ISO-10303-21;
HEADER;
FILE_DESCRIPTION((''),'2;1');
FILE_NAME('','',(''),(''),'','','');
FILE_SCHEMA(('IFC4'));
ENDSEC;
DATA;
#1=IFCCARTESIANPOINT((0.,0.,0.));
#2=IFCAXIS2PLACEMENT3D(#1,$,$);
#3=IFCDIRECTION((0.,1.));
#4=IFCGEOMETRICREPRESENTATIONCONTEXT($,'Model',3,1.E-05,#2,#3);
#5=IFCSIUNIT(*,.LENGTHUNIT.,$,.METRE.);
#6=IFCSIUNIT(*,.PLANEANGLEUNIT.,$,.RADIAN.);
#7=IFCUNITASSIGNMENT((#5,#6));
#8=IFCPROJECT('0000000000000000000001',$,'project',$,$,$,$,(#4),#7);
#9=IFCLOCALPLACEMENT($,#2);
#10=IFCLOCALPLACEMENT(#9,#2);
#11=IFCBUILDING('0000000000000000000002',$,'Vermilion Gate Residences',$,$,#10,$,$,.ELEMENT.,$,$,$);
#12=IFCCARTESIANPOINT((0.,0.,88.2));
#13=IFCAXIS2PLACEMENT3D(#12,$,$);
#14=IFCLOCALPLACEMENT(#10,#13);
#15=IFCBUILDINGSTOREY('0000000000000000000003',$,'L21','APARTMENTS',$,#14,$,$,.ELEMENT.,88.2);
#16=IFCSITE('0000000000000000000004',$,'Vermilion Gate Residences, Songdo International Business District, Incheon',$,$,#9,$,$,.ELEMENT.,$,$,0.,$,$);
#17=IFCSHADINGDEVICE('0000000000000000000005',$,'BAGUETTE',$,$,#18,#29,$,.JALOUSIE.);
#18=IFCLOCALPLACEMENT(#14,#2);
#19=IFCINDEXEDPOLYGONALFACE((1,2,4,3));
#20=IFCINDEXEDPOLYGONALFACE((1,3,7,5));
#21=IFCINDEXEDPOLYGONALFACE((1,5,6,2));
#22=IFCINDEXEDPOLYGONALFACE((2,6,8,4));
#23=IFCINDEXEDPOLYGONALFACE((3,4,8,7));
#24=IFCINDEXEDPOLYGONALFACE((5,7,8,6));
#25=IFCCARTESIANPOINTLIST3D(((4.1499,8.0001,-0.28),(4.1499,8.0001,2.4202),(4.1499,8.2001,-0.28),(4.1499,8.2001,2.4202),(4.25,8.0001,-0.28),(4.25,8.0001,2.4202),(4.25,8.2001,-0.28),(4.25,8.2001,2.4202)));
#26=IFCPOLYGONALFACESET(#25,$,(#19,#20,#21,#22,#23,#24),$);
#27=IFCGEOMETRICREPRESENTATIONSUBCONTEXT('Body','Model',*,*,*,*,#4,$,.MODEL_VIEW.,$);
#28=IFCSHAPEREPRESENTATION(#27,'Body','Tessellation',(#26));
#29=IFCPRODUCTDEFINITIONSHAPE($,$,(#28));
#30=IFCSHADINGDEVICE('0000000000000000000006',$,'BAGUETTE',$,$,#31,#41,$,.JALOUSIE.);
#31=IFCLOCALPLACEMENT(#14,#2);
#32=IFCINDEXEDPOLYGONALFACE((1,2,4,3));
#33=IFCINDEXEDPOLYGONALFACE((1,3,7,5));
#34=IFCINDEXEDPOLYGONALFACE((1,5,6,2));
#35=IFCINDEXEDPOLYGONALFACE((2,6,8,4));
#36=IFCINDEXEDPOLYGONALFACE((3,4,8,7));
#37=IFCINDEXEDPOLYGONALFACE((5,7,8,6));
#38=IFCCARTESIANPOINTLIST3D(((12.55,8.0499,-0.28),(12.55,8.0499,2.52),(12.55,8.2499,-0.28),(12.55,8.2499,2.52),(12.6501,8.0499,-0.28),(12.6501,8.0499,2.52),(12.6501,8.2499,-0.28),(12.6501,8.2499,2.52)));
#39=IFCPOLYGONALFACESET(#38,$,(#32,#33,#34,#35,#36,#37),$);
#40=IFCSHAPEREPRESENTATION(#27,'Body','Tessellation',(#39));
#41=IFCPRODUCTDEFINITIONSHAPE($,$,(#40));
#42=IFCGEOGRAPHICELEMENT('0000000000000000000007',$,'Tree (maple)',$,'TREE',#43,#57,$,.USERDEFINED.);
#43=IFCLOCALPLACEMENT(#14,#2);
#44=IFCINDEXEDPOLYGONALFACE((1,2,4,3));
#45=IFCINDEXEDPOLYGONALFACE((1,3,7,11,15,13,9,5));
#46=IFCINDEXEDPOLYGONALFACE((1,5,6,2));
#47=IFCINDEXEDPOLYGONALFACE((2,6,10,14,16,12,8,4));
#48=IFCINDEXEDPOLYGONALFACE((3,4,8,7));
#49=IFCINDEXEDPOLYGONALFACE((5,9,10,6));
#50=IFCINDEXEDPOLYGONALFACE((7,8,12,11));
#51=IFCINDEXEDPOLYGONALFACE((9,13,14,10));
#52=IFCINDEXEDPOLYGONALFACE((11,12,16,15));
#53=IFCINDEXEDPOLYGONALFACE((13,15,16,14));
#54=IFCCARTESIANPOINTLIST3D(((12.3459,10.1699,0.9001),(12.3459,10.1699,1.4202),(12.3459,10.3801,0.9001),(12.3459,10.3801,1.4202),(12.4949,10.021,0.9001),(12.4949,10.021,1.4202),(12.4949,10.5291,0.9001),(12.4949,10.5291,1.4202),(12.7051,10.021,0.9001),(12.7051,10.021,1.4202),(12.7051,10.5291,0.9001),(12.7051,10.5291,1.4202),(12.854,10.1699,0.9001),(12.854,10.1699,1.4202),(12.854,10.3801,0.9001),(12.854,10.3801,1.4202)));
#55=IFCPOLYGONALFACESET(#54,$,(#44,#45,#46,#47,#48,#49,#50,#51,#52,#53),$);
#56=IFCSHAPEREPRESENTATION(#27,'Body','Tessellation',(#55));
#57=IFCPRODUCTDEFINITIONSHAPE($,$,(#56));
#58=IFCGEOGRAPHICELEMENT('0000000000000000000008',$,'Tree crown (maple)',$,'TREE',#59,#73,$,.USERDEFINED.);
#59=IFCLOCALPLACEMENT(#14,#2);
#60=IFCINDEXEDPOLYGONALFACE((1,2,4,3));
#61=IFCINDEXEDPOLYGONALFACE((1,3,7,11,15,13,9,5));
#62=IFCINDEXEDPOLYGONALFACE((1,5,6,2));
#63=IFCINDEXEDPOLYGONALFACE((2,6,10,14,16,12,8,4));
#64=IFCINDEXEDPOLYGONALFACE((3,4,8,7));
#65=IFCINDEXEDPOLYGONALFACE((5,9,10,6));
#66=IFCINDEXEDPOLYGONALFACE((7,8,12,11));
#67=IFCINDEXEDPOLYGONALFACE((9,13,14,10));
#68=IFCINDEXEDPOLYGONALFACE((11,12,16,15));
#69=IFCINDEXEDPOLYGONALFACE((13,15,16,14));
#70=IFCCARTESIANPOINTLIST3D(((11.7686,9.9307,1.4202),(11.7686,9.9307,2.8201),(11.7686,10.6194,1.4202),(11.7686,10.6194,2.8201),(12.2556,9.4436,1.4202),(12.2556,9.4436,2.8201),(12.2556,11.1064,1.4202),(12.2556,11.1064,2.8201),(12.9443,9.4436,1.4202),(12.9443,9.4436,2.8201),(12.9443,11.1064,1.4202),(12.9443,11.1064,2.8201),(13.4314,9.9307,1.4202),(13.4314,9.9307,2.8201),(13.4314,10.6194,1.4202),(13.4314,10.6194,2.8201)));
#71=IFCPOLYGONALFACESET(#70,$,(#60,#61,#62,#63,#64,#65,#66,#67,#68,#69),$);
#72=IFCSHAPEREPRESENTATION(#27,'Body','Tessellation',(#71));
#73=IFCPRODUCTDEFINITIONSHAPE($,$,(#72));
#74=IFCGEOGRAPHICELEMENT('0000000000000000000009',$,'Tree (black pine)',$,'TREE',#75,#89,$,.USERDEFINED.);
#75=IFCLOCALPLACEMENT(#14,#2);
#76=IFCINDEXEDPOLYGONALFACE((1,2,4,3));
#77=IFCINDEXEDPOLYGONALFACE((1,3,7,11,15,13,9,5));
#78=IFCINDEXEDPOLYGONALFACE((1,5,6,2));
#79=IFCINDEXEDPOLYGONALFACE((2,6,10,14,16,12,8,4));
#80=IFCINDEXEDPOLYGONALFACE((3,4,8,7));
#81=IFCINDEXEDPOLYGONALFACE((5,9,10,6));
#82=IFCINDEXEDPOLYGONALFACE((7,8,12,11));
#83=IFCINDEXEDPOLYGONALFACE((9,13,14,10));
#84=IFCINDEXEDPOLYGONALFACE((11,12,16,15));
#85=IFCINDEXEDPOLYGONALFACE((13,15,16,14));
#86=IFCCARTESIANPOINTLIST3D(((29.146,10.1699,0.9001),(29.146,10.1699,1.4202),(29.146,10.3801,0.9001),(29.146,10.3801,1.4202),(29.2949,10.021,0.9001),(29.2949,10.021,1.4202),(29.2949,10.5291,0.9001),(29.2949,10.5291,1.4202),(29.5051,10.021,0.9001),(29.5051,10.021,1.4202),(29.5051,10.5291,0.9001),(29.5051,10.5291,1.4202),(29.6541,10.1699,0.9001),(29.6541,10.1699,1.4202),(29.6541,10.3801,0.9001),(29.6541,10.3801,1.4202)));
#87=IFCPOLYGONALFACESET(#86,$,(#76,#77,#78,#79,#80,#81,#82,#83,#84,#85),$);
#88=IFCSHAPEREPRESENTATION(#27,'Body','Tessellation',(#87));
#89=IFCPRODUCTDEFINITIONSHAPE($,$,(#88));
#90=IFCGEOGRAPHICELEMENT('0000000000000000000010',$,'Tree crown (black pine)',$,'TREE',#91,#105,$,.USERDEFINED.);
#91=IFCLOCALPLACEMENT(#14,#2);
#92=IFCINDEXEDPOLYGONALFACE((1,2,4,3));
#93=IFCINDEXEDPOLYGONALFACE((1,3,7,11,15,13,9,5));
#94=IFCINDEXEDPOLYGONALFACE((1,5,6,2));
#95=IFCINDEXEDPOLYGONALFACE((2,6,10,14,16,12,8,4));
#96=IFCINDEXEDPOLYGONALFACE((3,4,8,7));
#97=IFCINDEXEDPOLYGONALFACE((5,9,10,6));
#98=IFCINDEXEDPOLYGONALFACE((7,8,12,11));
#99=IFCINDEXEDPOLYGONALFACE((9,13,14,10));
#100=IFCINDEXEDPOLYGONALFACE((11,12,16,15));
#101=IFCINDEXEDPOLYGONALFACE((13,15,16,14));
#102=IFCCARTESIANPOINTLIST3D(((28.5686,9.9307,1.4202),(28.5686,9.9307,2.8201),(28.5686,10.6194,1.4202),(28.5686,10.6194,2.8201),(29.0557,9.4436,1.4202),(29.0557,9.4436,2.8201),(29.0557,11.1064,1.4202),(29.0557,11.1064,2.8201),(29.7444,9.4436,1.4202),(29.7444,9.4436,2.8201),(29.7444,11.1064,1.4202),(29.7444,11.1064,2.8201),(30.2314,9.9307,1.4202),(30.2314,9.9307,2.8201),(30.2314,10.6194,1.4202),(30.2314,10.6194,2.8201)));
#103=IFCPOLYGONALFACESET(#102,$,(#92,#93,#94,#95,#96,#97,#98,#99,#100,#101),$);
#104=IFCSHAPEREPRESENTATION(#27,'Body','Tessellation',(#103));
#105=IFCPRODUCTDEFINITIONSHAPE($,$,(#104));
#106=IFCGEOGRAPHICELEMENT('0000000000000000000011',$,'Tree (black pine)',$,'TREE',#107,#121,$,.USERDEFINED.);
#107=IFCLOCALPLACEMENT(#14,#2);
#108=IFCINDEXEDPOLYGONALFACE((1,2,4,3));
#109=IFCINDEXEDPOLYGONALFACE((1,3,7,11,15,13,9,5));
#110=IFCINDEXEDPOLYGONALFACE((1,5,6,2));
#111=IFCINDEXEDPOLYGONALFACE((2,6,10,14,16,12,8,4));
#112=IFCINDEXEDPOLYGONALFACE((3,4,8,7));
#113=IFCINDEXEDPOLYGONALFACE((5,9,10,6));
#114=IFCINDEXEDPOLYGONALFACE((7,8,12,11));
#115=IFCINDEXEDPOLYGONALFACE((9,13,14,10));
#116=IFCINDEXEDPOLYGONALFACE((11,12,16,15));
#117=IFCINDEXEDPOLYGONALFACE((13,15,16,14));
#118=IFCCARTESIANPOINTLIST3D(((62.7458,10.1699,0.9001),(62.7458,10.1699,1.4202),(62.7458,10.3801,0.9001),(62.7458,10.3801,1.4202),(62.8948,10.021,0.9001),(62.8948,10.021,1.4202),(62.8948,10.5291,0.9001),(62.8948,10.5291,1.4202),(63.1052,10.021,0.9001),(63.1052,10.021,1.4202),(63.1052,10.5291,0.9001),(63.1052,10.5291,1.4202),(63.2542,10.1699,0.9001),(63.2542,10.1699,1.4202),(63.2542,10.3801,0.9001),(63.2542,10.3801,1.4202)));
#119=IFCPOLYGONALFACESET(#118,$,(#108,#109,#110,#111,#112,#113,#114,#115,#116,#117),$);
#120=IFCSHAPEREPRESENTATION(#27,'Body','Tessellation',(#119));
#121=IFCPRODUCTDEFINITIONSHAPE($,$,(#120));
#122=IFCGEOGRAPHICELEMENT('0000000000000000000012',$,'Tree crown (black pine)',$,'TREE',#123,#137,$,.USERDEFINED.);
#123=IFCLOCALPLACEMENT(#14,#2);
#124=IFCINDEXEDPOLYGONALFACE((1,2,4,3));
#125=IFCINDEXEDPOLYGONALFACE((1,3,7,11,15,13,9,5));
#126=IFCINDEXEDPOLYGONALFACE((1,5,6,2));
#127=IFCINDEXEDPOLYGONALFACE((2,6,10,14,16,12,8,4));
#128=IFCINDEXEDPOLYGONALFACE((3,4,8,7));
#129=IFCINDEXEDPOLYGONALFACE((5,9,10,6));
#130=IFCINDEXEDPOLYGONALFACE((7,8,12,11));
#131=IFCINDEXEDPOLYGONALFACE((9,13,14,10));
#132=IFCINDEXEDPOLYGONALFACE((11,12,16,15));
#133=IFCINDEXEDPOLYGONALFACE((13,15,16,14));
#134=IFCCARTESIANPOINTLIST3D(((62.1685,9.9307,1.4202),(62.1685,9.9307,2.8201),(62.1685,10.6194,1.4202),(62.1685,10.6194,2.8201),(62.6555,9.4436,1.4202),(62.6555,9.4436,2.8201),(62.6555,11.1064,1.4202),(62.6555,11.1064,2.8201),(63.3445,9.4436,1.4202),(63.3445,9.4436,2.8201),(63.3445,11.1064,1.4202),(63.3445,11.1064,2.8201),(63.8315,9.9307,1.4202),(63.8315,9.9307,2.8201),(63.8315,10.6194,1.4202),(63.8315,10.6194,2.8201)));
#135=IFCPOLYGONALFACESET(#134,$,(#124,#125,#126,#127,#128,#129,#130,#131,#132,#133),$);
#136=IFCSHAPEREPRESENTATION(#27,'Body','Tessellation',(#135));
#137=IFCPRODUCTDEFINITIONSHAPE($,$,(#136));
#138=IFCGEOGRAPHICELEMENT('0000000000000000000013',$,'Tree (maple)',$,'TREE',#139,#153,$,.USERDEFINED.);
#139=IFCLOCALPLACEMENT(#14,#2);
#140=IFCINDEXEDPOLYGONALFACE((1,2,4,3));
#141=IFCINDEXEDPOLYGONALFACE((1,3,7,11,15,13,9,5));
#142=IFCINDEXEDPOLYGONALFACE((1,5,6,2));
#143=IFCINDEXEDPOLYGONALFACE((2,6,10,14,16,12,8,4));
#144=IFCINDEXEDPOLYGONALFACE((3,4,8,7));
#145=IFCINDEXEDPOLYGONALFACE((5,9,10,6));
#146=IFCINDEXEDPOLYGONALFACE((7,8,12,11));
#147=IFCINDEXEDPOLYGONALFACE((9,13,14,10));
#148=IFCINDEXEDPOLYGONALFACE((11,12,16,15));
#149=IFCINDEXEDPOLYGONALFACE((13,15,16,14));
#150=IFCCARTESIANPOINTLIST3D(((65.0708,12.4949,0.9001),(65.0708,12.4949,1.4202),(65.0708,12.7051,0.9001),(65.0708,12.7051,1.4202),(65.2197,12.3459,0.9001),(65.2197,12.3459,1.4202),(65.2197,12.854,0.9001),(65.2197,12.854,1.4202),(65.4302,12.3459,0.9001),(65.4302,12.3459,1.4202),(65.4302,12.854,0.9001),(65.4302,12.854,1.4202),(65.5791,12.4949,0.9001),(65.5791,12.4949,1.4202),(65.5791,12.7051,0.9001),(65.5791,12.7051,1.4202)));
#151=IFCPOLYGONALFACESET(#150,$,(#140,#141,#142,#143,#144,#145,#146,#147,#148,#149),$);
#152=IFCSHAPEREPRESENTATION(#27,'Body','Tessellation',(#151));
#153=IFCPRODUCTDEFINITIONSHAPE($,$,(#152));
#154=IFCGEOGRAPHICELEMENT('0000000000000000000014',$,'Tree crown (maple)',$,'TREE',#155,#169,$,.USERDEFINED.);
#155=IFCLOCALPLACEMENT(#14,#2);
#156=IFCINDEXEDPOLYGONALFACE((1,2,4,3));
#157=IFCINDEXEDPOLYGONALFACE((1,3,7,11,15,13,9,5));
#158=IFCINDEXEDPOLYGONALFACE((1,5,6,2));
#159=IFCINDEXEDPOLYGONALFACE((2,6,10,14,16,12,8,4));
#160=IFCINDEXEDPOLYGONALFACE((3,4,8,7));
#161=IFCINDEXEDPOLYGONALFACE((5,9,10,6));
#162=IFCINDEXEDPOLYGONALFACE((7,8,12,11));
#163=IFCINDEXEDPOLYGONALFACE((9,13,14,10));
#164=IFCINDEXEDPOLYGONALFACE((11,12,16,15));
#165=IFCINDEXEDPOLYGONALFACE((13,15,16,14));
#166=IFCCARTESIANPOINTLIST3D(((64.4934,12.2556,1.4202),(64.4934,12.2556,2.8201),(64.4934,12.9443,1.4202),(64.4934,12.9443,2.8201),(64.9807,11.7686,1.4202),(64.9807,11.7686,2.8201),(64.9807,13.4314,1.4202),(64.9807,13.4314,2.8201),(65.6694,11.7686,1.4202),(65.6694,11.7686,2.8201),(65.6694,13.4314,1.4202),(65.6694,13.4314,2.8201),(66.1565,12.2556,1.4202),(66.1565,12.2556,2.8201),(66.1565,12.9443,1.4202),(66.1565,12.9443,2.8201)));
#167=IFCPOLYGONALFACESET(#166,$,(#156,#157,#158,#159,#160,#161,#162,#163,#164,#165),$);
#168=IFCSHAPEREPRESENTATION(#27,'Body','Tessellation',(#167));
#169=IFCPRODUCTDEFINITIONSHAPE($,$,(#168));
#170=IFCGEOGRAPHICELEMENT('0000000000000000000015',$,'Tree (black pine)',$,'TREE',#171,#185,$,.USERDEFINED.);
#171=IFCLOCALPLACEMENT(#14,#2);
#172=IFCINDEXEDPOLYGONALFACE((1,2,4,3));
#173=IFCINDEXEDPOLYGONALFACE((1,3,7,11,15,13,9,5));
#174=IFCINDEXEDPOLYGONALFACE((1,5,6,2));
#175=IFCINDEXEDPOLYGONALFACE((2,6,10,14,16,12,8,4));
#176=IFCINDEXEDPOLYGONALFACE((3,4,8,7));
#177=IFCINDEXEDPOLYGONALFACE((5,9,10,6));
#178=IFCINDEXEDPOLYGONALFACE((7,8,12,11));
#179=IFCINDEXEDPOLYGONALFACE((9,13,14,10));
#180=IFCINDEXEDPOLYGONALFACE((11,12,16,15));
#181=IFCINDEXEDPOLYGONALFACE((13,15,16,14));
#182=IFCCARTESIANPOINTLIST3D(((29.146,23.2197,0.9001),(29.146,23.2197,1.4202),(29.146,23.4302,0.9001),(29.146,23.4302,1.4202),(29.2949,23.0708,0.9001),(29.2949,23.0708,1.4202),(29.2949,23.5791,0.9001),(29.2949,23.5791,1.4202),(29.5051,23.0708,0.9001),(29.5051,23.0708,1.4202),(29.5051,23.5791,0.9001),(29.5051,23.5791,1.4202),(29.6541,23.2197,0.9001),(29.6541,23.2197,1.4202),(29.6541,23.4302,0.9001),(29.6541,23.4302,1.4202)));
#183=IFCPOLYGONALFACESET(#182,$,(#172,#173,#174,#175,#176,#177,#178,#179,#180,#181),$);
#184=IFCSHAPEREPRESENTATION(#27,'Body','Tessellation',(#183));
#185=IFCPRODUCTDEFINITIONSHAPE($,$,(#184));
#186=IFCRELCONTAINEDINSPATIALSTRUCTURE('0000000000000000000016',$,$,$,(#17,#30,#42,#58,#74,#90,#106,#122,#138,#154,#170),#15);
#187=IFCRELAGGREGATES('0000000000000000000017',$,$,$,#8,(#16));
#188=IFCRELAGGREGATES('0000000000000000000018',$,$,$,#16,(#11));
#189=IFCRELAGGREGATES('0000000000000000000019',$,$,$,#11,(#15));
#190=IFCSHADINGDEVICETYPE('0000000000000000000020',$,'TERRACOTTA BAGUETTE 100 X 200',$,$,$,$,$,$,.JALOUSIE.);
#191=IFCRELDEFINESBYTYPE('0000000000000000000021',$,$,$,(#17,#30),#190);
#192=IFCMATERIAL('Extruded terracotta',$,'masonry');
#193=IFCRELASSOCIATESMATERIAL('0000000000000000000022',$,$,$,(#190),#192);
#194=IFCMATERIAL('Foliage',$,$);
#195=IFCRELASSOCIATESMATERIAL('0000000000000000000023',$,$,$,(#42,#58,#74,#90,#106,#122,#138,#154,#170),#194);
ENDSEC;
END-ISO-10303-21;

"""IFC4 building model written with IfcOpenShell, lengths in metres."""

from ifc_helpers import new_model, si_unit, direction, frame, origin, origin_2d, place, context, subcontext, project, spatial, polyline, rectangle, outline, extrude, material, material_profile, profile_set, type_object, element, save


model = new_model("IFC4")

# Units and contexts
model_context = context("Model", 3, precision=1e-05, world=origin(), true_north=direction((0.0, 1.0)))
body_context = subcontext(model_context, "Body", "Model", "MODEL_VIEW")
ifc_project = project(units=[si_unit("LENGTHUNIT", "METRE"), si_unit("PLANEANGLEUNIT", "RADIAN")], contexts=[model_context])

# Site, building, storey
site_placement = place(None, origin())
site = spatial("IfcSite", under=ifc_project, at=site_placement, Name="Vermilion Gate Residences, Songdo International Business District, Incheon", CompositionType="ELEMENT", RefElevation=0.0)
building_placement = place(site_placement, origin())
building = spatial("IfcBuilding", under=site, at=building_placement, Name="Vermilion Gate Residences", CompositionType="ELEMENT")
storey_placement = place(building_placement, frame((0.0, 0.0, 88.2)))
storey = spatial("IfcBuildingStorey", under=building, at=storey_placement, Name="L21", Description="APARTMENTS", CompositionType="ELEMENT", Elevation=88.2)

# Shading devices
ifc_material_1 = material(Name="Extruded terracotta", Category="masonry")
ifc_material_profile_1 = material_profile(ifc_material_1, rectangle(XDim=0.2, YDim=0.1001, at=origin_2d()), Name="BAGUETTE 100 X 200")
ifc_profile_set_1 = profile_set([ifc_material_profile_1], Name="Extruded terracotta")
shading_device_type_1 = type_object("IfcShadingDeviceType", Name="TERRACOTTA BAGUETTE 100 X 200", PredefinedType="JALOUSIE", material=ifc_profile_set_1)
shading_device_1_placement = place(storey_placement, frame((4.2, 8.1001, -0.28), z_axis=(0.0, 0.0, 1.0), x_axis=(0.0, 1.0, 0.0)))
element("IfcShadingDevice", 1, at=shading_device_1_placement, inside=storey, type_object=shading_device_type_1, Name="BAGUETTE", PredefinedType="JALOUSIE", context=body_context, shape_type="SweptSolid", body=[
    extrude(rectangle(XDim=0.2, YDim=0.1001, at=origin_2d()), origin(), (0.0, 0.0, 1.0), 2.7002),
])
shading_device_2_placement = place(storey_placement, frame((12.6001, 8.1499, -0.28), z_axis=(0.0, 0.0, 1.0), x_axis=(0.0, 1.0, 0.0)))
element("IfcShadingDevice", 2, at=shading_device_2_placement, inside=storey, type_object=shading_device_type_1, Name="BAGUETTE", PredefinedType="JALOUSIE", context=body_context, shape_type="SweptSolid", body=[
    extrude(rectangle(XDim=0.2, YDim=0.1001, at=origin_2d()), origin(), (0.0, 0.0, 1.0), 2.8),
])

# Geographic elements
ifc_material_2 = material(Name="Foliage")
geographic_element_1_placement = place(storey_placement, frame((0.0, 0.0, 0.9001)))
element("IfcGeographicElement", 3, at=geographic_element_1_placement, inside=storey, material=ifc_material_2, Name="Tree (maple)", ObjectType="TREE", PredefinedType="USERDEFINED", context=body_context, shape_type="SweptSolid", body=[
    extrude(outline(polyline([(12.854, 10.3801), (12.7051, 10.5291), (12.4949, 10.5291), (12.3459, 10.3801), (12.3459, 10.1699), (12.4949, 10.021), (12.7051, 10.021), (12.854, 10.1699), (12.854, 10.3801)])), origin(), (0.0, 0.0, 1.0), 0.52),
])
geographic_element_2_placement = place(storey_placement, frame((0.0, 0.0, 1.4202)))
element("IfcGeographicElement", 4, at=geographic_element_2_placement, inside=storey, material=ifc_material_2, Name="Tree crown (maple)", ObjectType="TREE", PredefinedType="USERDEFINED", context=body_context, shape_type="SweptSolid", body=[
    extrude(outline(polyline([(13.4314, 10.6194), (12.9443, 11.1064), (12.2556, 11.1064), (11.7686, 10.6194), (11.7686, 9.9307), (12.2556, 9.4436), (12.9443, 9.4436), (13.4314, 9.9307), (13.4314, 10.6194)])), origin(), (0.0, 0.0, 1.0), 1.3999),
])
geographic_element_3_placement = place(storey_placement, frame((0.0, 0.0, 0.9001)))
element("IfcGeographicElement", 5, at=geographic_element_3_placement, inside=storey, material=ifc_material_2, Name="Tree (black pine)", ObjectType="TREE", PredefinedType="USERDEFINED", context=body_context, shape_type="SweptSolid", body=[
    extrude(outline(polyline([(29.6541, 10.3801), (29.5051, 10.5291), (29.2949, 10.5291), (29.146, 10.3801), (29.146, 10.1699), (29.2949, 10.021), (29.5051, 10.021), (29.6541, 10.1699), (29.6541, 10.3801)])), origin(), (0.0, 0.0, 1.0), 0.52),
])
geographic_element_4_placement = place(storey_placement, frame((0.0, 0.0, 1.4202)))
element("IfcGeographicElement", 6, at=geographic_element_4_placement, inside=storey, material=ifc_material_2, Name="Tree crown (black pine)", ObjectType="TREE", PredefinedType="USERDEFINED", context=body_context, shape_type="SweptSolid", body=[
    extrude(outline(polyline([(30.2314, 10.6194), (29.7444, 11.1064), (29.0557, 11.1064), (28.5686, 10.6194), (28.5686, 9.9307), (29.0557, 9.4436), (29.7444, 9.4436), (30.2314, 9.9307), (30.2314, 10.6194)])), origin(), (0.0, 0.0, 1.0), 1.3999),
])
geographic_element_5_placement = place(storey_placement, frame((0.0, 0.0, 0.9001)))
element("IfcGeographicElement", 7, at=geographic_element_5_placement, inside=storey, material=ifc_material_2, Name="Tree (black pine)", ObjectType="TREE", PredefinedType="USERDEFINED", context=body_context, shape_type="SweptSolid", body=[
    extrude(outline(polyline([(63.2542, 10.3801), (63.1052, 10.5291), (62.8948, 10.5291), (62.7458, 10.3801), (62.7458, 10.1699), (62.8948, 10.021), (63.1052, 10.021), (63.2542, 10.1699), (63.2542, 10.3801)])), origin(), (0.0, 0.0, 1.0), 0.52),
])
geographic_element_6_placement = place(storey_placement, frame((0.0, 0.0, 1.4202)))
element("IfcGeographicElement", 8, at=geographic_element_6_placement, inside=storey, material=ifc_material_2, Name="Tree crown (black pine)", ObjectType="TREE", PredefinedType="USERDEFINED", context=body_context, shape_type="SweptSolid", body=[
    extrude(outline(polyline([(63.8315, 10.6194), (63.3445, 11.1064), (62.6555, 11.1064), (62.1685, 10.6194), (62.1685, 9.9307), (62.6555, 9.4436), (63.3445, 9.4436), (63.8315, 9.9307), (63.8315, 10.6194)])), origin(), (0.0, 0.0, 1.0), 1.3999),
])
geographic_element_7_placement = place(storey_placement, frame((0.0, 0.0, 0.9001)))
element("IfcGeographicElement", 9, at=geographic_element_7_placement, inside=storey, material=ifc_material_2, Name="Tree (maple)", ObjectType="TREE", PredefinedType="USERDEFINED", context=body_context, shape_type="SweptSolid", body=[
    extrude(outline(polyline([(65.5791, 12.7051), (65.4302, 12.854), (65.2197, 12.854), (65.0708, 12.7051), (65.0708, 12.4949), (65.2197, 12.3459), (65.4302, 12.3459), (65.5791, 12.4949), (65.5791, 12.7051)])), origin(), (0.0, 0.0, 1.0), 0.52),
])
geographic_element_8_placement = place(storey_placement, frame((0.0, 0.0, 1.4202)))
element("IfcGeographicElement", 10, at=geographic_element_8_placement, inside=storey, material=ifc_material_2, Name="Tree crown (maple)", ObjectType="TREE", PredefinedType="USERDEFINED", context=body_context, shape_type="SweptSolid", body=[
    extrude(outline(polyline([(66.1565, 12.9443), (65.6694, 13.4314), (64.9807, 13.4314), (64.4934, 12.9443), (64.4934, 12.2556), (64.9807, 11.7686), (65.6694, 11.7686), (66.1565, 12.2556), (66.1565, 12.9443)])), origin(), (0.0, 0.0, 1.0), 1.3999),
])
geographic_element_9_placement = place(storey_placement, frame((0.0, 0.0, 0.9001)))
element("IfcGeographicElement", 11, at=geographic_element_9_placement, inside=storey, material=ifc_material_2, Name="Tree (black pine)", ObjectType="TREE", PredefinedType="USERDEFINED", context=body_context, shape_type="SweptSolid", body=[
    extrude(outline(polyline([(29.6541, 23.4302), (29.5051, 23.5791), (29.2949, 23.5791), (29.146, 23.4302), (29.146, 23.2197), (29.2949, 23.0708), (29.5051, 23.0708), (29.6541, 23.2197), (29.6541, 23.4302)])), origin(), (0.0, 0.0, 1.0), 0.52),
])

save(model, "model.ifc")
